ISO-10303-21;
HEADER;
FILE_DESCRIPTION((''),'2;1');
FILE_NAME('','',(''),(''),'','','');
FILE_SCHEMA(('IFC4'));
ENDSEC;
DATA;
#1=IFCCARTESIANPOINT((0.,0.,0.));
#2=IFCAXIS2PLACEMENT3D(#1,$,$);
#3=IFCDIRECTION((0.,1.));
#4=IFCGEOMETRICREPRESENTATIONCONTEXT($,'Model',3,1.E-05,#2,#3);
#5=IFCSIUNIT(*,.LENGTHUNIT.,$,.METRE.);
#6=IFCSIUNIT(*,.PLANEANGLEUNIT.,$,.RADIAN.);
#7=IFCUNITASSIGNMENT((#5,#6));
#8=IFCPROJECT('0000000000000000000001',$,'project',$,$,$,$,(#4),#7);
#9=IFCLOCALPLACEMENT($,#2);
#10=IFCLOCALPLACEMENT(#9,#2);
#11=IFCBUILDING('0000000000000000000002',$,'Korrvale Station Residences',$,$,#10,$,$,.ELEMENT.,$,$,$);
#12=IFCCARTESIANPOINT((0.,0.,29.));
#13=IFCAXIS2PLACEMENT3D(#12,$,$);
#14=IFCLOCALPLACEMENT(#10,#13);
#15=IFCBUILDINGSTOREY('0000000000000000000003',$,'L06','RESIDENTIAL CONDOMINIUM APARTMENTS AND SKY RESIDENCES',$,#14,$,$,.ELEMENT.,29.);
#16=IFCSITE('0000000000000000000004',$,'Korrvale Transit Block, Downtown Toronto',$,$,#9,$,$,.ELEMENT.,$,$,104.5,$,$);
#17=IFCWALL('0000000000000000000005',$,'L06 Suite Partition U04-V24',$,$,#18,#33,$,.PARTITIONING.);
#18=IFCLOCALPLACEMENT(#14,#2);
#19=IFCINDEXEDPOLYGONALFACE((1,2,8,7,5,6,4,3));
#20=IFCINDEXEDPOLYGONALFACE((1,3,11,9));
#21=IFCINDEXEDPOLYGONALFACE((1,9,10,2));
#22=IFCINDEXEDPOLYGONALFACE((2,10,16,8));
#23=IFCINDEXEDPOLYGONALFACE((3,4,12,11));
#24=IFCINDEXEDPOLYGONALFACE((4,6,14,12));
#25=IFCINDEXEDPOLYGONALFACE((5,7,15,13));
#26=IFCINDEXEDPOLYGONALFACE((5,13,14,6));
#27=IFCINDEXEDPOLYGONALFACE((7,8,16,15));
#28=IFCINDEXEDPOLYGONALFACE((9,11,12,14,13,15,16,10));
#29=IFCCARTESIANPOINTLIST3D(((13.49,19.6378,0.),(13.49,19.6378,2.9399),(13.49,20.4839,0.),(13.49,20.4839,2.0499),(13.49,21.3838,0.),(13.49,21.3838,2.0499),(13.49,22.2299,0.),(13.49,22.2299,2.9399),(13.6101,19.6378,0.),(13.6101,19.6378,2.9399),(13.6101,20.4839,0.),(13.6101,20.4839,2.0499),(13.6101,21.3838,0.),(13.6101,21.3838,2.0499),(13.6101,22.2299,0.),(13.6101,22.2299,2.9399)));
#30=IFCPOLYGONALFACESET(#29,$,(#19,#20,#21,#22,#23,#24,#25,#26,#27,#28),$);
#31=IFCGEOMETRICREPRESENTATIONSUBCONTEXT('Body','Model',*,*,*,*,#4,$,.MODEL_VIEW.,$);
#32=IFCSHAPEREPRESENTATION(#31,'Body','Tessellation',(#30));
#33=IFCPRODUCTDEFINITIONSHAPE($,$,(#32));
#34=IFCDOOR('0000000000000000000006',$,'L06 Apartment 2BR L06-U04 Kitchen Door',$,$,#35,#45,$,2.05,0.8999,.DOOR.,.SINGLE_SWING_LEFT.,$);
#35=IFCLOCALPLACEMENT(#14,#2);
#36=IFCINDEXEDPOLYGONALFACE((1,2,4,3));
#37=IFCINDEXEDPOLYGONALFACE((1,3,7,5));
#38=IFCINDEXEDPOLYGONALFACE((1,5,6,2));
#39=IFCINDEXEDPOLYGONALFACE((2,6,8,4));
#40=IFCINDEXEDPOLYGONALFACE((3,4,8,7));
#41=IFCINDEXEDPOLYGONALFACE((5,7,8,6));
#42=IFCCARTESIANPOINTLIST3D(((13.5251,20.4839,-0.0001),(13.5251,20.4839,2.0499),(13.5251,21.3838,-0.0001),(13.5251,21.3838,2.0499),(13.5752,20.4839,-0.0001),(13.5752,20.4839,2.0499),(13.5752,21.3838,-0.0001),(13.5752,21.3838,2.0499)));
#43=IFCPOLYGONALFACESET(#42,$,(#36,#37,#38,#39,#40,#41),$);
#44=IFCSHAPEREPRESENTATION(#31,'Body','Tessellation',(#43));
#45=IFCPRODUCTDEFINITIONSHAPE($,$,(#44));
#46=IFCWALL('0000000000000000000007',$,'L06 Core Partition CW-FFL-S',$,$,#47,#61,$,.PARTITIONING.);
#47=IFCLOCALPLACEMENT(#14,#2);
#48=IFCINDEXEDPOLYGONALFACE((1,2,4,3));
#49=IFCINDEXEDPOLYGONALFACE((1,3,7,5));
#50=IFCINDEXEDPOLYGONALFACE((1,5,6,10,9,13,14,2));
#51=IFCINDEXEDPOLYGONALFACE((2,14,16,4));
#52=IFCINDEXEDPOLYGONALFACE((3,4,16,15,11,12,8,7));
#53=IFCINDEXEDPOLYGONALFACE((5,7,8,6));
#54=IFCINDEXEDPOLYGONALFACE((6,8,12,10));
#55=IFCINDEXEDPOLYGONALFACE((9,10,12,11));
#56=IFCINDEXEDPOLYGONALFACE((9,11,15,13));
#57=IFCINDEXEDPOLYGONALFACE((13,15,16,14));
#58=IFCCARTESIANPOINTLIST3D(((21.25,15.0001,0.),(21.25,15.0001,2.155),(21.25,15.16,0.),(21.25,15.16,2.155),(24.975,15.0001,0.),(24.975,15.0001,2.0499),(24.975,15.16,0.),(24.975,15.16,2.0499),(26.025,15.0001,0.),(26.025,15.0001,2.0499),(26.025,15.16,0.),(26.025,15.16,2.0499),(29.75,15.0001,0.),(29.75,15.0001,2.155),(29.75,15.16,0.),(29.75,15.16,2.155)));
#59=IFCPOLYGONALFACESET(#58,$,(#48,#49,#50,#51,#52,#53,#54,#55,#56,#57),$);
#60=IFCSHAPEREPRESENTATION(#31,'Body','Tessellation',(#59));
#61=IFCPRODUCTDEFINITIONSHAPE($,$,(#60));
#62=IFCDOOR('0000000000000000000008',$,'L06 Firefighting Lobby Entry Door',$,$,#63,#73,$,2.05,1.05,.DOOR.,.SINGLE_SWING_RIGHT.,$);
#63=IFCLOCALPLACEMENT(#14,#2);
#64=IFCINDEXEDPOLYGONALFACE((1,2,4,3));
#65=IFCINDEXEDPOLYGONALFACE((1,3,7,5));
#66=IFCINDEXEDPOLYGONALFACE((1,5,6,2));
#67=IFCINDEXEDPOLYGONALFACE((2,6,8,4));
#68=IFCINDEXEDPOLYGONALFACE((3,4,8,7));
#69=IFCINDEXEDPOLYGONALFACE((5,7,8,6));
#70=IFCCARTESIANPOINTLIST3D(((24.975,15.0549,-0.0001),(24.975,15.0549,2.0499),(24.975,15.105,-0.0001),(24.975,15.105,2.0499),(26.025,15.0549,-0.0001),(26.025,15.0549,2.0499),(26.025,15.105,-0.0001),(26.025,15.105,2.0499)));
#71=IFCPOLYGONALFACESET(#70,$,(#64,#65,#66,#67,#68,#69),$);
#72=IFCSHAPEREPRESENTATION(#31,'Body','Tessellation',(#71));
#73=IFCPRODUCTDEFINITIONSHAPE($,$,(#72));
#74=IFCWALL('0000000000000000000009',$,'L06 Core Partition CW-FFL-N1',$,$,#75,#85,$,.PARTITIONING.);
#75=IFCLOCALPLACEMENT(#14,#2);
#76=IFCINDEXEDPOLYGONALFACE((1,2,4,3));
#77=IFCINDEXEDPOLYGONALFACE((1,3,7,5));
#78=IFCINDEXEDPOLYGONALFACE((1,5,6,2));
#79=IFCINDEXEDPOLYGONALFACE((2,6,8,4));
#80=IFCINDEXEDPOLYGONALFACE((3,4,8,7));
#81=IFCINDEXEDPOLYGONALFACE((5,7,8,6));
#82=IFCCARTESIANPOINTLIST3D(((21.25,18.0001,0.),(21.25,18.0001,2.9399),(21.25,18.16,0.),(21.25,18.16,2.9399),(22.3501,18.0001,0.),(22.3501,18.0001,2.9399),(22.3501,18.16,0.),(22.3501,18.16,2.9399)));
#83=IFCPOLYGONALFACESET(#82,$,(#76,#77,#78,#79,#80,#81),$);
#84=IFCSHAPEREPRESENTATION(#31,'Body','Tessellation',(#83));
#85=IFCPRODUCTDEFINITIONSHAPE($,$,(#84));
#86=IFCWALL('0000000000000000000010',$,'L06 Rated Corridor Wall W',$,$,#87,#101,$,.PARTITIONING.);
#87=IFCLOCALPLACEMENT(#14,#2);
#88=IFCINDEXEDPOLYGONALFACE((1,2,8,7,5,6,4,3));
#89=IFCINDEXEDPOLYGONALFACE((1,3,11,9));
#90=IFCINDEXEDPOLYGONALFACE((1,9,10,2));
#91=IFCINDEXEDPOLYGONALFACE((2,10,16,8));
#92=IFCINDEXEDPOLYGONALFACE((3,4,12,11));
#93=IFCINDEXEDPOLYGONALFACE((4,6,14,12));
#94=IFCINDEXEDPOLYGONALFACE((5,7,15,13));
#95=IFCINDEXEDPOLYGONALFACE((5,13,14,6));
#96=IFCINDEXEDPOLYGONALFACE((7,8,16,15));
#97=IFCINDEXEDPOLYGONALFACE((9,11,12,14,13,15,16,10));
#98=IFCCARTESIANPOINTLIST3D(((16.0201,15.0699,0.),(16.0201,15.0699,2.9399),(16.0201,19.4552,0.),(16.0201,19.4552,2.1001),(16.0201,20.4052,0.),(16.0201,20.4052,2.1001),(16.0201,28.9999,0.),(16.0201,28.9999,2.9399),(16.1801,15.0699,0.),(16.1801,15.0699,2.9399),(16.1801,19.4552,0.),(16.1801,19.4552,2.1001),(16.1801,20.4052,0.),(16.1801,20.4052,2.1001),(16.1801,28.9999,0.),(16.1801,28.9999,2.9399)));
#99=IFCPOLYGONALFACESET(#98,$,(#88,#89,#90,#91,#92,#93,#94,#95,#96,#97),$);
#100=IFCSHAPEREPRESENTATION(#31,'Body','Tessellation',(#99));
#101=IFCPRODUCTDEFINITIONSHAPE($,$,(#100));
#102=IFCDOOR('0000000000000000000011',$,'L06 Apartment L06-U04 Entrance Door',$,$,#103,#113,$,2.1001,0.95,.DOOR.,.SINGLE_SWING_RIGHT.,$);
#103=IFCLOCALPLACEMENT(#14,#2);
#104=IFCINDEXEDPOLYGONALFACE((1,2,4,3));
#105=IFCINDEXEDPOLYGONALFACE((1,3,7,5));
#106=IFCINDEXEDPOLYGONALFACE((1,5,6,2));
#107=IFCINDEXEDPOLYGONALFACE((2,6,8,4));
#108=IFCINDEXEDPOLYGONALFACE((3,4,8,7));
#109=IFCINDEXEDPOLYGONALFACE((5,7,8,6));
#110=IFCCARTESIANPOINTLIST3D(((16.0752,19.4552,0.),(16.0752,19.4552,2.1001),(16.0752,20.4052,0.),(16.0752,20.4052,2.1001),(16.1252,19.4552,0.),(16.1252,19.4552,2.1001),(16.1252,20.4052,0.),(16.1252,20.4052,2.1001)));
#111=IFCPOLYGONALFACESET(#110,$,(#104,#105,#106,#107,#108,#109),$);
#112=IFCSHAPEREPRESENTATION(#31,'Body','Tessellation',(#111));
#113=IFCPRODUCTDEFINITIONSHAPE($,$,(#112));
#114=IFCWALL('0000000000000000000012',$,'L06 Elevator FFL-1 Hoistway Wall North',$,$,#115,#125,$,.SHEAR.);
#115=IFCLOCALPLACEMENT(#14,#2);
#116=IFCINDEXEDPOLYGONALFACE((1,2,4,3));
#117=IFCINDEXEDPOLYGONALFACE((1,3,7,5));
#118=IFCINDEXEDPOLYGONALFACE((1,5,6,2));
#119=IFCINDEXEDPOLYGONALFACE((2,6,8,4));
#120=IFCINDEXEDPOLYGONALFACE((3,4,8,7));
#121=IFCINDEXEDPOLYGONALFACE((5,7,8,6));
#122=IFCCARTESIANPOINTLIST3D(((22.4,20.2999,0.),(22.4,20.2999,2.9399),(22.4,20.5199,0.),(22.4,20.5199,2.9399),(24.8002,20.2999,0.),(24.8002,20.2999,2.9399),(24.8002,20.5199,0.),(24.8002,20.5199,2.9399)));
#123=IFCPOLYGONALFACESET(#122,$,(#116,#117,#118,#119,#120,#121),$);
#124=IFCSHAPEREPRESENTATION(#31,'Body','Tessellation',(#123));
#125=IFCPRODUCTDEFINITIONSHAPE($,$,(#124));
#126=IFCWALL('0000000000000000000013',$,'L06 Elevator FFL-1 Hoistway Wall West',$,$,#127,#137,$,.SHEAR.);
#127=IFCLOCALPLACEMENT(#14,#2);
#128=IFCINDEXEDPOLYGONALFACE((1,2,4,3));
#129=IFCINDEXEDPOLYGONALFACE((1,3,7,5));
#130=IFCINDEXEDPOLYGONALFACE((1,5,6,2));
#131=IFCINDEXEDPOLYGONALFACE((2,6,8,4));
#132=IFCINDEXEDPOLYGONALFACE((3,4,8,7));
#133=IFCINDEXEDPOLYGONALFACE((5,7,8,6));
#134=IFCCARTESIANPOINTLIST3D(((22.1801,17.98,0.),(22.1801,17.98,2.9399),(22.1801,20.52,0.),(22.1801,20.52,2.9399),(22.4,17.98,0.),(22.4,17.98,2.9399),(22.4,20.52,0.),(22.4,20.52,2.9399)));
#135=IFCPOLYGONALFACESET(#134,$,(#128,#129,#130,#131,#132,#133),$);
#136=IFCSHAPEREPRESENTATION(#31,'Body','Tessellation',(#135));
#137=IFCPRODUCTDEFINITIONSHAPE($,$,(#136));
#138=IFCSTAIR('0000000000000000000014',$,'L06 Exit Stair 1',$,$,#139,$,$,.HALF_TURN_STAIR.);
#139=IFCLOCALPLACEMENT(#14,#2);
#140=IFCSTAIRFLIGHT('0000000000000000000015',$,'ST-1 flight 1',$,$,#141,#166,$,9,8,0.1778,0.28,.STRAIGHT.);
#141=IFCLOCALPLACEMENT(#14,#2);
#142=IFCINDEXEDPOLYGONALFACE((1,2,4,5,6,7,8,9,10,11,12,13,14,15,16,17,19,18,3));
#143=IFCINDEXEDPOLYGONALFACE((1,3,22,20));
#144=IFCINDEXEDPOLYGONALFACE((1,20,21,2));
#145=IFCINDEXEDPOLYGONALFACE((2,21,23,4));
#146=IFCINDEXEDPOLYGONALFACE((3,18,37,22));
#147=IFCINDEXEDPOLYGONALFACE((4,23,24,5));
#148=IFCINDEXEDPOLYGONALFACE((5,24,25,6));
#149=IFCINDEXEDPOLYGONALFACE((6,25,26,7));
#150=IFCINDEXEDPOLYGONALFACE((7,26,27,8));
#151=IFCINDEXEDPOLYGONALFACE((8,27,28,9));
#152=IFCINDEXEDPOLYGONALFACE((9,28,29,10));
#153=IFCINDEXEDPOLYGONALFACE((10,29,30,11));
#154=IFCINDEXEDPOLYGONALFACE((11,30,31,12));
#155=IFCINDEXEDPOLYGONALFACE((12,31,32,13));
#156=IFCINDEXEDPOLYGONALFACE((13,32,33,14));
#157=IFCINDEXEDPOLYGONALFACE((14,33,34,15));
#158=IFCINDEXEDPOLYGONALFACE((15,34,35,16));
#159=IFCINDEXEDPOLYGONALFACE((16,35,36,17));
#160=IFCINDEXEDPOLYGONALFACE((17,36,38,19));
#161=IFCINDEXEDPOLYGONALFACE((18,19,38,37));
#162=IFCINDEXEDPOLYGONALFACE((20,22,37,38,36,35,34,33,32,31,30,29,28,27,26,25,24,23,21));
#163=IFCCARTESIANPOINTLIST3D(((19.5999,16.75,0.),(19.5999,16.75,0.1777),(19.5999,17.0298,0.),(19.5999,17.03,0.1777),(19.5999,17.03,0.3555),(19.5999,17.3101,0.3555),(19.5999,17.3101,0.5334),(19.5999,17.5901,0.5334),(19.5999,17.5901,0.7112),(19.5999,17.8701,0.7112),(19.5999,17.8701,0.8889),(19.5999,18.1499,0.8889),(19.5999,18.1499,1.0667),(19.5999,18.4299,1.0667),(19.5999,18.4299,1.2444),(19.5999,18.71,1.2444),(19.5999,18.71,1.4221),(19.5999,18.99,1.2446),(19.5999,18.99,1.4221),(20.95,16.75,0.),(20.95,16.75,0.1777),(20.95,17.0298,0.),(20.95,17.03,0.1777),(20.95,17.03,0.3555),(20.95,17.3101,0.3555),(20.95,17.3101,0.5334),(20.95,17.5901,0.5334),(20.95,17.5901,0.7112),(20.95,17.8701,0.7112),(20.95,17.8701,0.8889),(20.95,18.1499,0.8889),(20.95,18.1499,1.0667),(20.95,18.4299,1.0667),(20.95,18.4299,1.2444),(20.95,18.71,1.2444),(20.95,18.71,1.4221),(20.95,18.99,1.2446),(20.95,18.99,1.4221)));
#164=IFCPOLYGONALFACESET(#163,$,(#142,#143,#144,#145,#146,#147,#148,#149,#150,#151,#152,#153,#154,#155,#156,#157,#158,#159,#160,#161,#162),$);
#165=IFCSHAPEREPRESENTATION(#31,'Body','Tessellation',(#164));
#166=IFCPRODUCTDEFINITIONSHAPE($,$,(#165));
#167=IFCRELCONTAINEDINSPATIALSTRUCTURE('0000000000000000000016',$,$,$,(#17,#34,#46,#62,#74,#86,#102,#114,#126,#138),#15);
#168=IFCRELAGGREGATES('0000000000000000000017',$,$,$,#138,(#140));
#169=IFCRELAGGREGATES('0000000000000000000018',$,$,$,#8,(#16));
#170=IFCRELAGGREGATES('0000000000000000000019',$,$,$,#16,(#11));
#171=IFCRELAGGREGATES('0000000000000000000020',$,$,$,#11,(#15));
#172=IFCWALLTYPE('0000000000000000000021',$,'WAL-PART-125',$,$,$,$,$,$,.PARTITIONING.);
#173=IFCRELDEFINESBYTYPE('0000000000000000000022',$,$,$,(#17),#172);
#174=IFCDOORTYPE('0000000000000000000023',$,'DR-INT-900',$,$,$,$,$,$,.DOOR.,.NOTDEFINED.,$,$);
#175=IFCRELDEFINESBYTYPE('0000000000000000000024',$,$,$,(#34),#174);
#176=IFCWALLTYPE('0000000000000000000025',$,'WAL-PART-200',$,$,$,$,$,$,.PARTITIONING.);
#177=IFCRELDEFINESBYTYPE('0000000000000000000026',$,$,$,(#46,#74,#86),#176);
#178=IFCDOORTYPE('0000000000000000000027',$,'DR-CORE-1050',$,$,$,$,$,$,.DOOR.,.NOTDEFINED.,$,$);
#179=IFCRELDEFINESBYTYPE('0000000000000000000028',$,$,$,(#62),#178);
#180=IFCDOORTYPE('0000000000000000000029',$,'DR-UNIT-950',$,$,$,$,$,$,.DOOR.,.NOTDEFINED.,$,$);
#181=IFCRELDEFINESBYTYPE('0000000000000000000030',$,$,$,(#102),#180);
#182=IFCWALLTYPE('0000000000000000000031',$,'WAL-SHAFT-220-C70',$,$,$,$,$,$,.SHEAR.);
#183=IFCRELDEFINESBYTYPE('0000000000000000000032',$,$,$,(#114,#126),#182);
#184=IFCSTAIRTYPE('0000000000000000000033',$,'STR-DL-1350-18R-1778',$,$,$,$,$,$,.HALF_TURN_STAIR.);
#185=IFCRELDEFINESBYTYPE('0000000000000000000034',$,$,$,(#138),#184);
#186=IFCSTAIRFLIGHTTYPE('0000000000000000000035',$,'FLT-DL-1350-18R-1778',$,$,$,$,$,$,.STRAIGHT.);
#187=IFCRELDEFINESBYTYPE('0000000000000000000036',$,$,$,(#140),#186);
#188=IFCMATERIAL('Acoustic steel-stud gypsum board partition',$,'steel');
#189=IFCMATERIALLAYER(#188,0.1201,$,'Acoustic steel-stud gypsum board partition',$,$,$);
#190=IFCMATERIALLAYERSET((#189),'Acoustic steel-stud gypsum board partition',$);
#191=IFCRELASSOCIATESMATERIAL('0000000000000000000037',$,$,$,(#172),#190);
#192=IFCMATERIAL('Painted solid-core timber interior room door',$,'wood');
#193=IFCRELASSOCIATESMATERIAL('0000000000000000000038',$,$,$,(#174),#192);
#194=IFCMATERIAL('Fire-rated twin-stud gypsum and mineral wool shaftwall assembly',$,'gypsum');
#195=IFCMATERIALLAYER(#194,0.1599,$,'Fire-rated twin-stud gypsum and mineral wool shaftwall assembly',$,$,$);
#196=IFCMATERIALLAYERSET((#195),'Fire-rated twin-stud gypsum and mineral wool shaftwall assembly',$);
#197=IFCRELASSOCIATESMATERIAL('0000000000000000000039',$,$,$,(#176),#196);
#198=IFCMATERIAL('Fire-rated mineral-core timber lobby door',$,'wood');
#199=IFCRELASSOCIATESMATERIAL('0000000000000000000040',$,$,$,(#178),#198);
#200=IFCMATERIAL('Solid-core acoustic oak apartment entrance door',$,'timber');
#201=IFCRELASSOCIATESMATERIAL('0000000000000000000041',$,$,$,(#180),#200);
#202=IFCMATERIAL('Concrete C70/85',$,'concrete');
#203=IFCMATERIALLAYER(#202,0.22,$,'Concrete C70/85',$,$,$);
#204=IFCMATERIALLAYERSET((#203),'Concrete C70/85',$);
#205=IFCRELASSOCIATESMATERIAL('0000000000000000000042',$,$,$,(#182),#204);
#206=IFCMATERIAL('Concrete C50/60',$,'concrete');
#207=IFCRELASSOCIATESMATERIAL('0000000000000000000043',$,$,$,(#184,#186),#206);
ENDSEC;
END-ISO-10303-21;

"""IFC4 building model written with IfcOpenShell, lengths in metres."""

from ifc_helpers import new_model, si_unit, direction, frame, frame_2d, origin, place, context, subcontext, project, spatial, polyline, rectangle, outline, extrude, material, layer, layer_set, type_object, element, fill, aggregate, save


model = new_model("IFC4")

# Units and contexts
model_context = context("Model", 3, precision=1e-05, world=origin(), true_north=direction((0.0, 1.0)))
body_context = subcontext(model_context, "Body", "Model", "MODEL_VIEW")
ifc_project = project(units=[si_unit("LENGTHUNIT", "METRE"), si_unit("PLANEANGLEUNIT", "RADIAN")], contexts=[model_context])

# Site, building, storey
site_placement = place(None, origin())
site = spatial("IfcSite", under=ifc_project, at=site_placement, Name="Korrvale Transit Block, Downtown Toronto", CompositionType="ELEMENT", RefElevation=104.5)
building_placement = place(site_placement, origin())
building = spatial("IfcBuilding", under=site, at=building_placement, Name="Korrvale Station Residences", CompositionType="ELEMENT")
storey_placement = place(building_placement, frame((0.0, 0.0, 29.0)))
storey = spatial("IfcBuildingStorey", under=building, at=storey_placement, Name="L06", Description="RESIDENTIAL CONDOMINIUM APARTMENTS AND SKY RESIDENCES", CompositionType="ELEMENT", Elevation=29.0)

# Shared definitions
ifc_material_1 = material(Name="Concrete C70/85", Category="concrete")

# Shared definitions
ifc_material_2 = material(Name="Acoustic steel-stud gypsum board partition", Category="steel")
ifc_layer_1 = layer(ifc_material_2, 0.1201, Name="Acoustic steel-stud gypsum board partition")
ifc_layer_set_1 = layer_set([ifc_layer_1], Name="Acoustic steel-stud gypsum board partition")
wall_type_1 = type_object("IfcWallType", Name="WAL-PART-125", PredefinedType="PARTITIONING", material=ifc_layer_set_1)

# Walls, openings, doors
ifc_material_3 = material(Name="Painted solid-core timber interior room door", Category="wood")
door_type_1 = type_object("IfcDoorType", Name="DR-INT-900", OperationType="NOTDEFINED", PredefinedType="DOOR", material=ifc_material_3)
wall_1_placement = place(storey_placement, frame((13.55, 19.6379, 0.0), z_axis=(0.0, 0.0, 1.0), x_axis=(0.0, 1.0, 0.0)))
wall_1 = element("IfcWall", 1, at=wall_1_placement, inside=storey, type_object=wall_type_1, Name="L06 Suite Partition U04-V24", PredefinedType="PARTITIONING", context=body_context, shape_type="SweptSolid", body=[
    extrude(rectangle(XDim=2.592, YDim=0.1201, at=frame_2d((1.2959, 0.0))), origin(), (0.0, 0.0, 1.0), 2.9399),
])
opening_1_placement = place(wall_1_placement, frame((0.8459, 0.0, 0.0)))
opening_1 = element("IfcOpeningElement", 2, at=opening_1_placement, cuts=wall_1, PredefinedType="OPENING", context=body_context, shape_type="SweptSolid", body=[
    extrude(rectangle(XDim=0.8999, YDim=2.05, at=frame_2d((0.45, 1.0249))), frame((0.0, 0.0701, 0.0), z_axis=(0.0, -1.0, 0.0), x_axis=(1.0, 0.0, 0.0)), (0.0, 0.0, 1.0), 0.1401),
])
door_1_placement = place(opening_1_placement, origin())
door_1 = element("IfcDoor", 3, at=door_1_placement, inside=storey, type_object=door_type_1, Name="L06 Apartment 2BR L06-U04 Kitchen Door", OperationType="SINGLE_SWING_LEFT", OverallHeight=2.05, OverallWidth=0.8999, PredefinedType="DOOR", context=body_context, shape_type="SweptSolid", body=[
    extrude(rectangle(XDim=0.8999, YDim=2.05, at=frame_2d((0.45, 1.0249))), frame((0.0, 0.0249, 0.0), z_axis=(0.0, -1.0, 0.0), x_axis=(1.0, 0.0, 0.0)), (0.0, 0.0, 1.0), 0.05),
])
fill(opening_1, door_1)
ifc_material_4 = material(Name="Fire-rated twin-stud gypsum and mineral wool shaftwall assembly", Category="gypsum")
ifc_layer_2 = layer(ifc_material_4, 0.1599, Name="Fire-rated twin-stud gypsum and mineral wool shaftwall assembly")
ifc_layer_set_2 = layer_set([ifc_layer_2], Name="Fire-rated twin-stud gypsum and mineral wool shaftwall assembly")
wall_type_2 = type_object("IfcWallType", Name="WAL-PART-200", PredefinedType="PARTITIONING", material=ifc_layer_set_2)
wall_2_placement = place(storey_placement, frame((21.25, 15.0801, 0.0), z_axis=(0.0, 0.0, 1.0), x_axis=(1.0, 0.0, 0.0)))
wall_2 = element("IfcWall", 4, at=wall_2_placement, inside=storey, type_object=wall_type_2, Name="L06 Core Partition CW-FFL-S", PredefinedType="PARTITIONING", context=body_context, shape_type="SweptSolid", body=[
    extrude(rectangle(XDim=8.5, YDim=0.1599, at=frame_2d((4.25, 0.0))), origin(), (0.0, 0.0, 1.0), 2.155),
])
opening_2_placement = place(wall_2_placement, frame((3.7251, 0.0, 0.0)))
opening_2 = element("IfcOpeningElement", 5, at=opening_2_placement, cuts=wall_2, PredefinedType="OPENING", context=body_context, shape_type="SweptSolid", body=[
    extrude(rectangle(XDim=1.05, YDim=2.05, at=frame_2d((0.5249, 1.0249))), frame((0.0, 0.0898, 0.0), z_axis=(0.0, -1.0, 0.0), x_axis=(1.0, 0.0, 0.0)), (0.0, 0.0, 1.0), 0.1799),
])
ifc_material_5 = material(Name="Fire-rated mineral-core timber lobby door", Category="wood")
door_type_2 = type_object("IfcDoorType", Name="DR-CORE-1050", OperationType="NOTDEFINED", PredefinedType="DOOR", material=ifc_material_5)
door_2_placement = place(opening_2_placement, origin())
door_2 = element("IfcDoor", 6, at=door_2_placement, inside=storey, type_object=door_type_2, Name="L06 Firefighting Lobby Entry Door", OperationType="SINGLE_SWING_RIGHT", OverallHeight=2.05, OverallWidth=1.05, PredefinedType="DOOR", context=body_context, shape_type="SweptSolid", body=[
    extrude(rectangle(XDim=1.05, YDim=2.05, at=frame_2d((0.5249, 1.0249))), frame((0.0, 0.0249, 0.0), z_axis=(0.0, -1.0, 0.0), x_axis=(1.0, 0.0, 0.0)), (0.0, 0.0, 1.0), 0.05),
])
fill(opening_2, door_2)

# Wall
wall_3_placement = place(storey_placement, frame((21.25, 18.0801, 0.0), z_axis=(0.0, 0.0, 1.0), x_axis=(1.0, 0.0, 0.0)))
element("IfcWall", 7, at=wall_3_placement, inside=storey, type_object=wall_type_2, Name="L06 Core Partition CW-FFL-N1", PredefinedType="PARTITIONING", context=body_context, shape_type="SweptSolid", body=[
    extrude(rectangle(XDim=1.1001, YDim=0.1599, at=frame_2d((0.55, 0.0))), origin(), (0.0, 0.0, 1.0), 2.9399),
])

# Wall, opening, door
wall_4_placement = place(storey_placement, frame((16.1001, 15.0701, 0.0), z_axis=(0.0, 0.0, 1.0), x_axis=(0.0, 1.0, 0.0)))
wall_4 = element("IfcWall", 8, at=wall_4_placement, inside=storey, type_object=wall_type_2, Name="L06 Rated Corridor Wall W", PredefinedType="PARTITIONING", context=body_context, shape_type="SweptSolid", body=[
    extrude(rectangle(XDim=13.9299, YDim=0.1599, at=frame_2d((6.9648, 0.0))), origin(), (0.0, 0.0, 1.0), 2.9399),
])
opening_3_placement = place(wall_4_placement, frame((4.385, 0.0, 0.0)))
opening_3 = element("IfcOpeningElement", 9, at=opening_3_placement, cuts=wall_4, PredefinedType="OPENING", context=body_context, shape_type="SweptSolid", body=[
    extrude(rectangle(XDim=0.95, YDim=2.1001, at=frame_2d((0.4751, 1.05))), frame((0.0, 0.0898, 0.0), z_axis=(0.0, -1.0, 0.0), x_axis=(1.0, 0.0, 0.0)), (0.0, 0.0, 1.0), 0.1799),
])
ifc_material_6 = material(Name="Solid-core acoustic oak apartment entrance door", Category="timber")
door_type_3 = type_object("IfcDoorType", Name="DR-UNIT-950", OperationType="NOTDEFINED", PredefinedType="DOOR", material=ifc_material_6)
door_3_placement = place(opening_3_placement, origin())
door_3 = element("IfcDoor", 10, at=door_3_placement, inside=storey, type_object=door_type_3, Name="L06 Apartment L06-U04 Entrance Door", OperationType="SINGLE_SWING_RIGHT", OverallHeight=2.1001, OverallWidth=0.95, PredefinedType="DOOR", context=body_context, shape_type="SweptSolid", body=[
    extrude(rectangle(XDim=0.95, YDim=2.1001, at=frame_2d((0.4751, 1.05))), frame((0.0, 0.0249, 0.0), z_axis=(0.0, -1.0, 0.0), x_axis=(1.0, 0.0, 0.0)), (0.0, 0.0, 1.0), 0.05),
])
fill(opening_3, door_3)
ifc_layer_3 = layer(ifc_material_1, 0.22, Name="Concrete C70/85")
ifc_layer_set_3 = layer_set([ifc_layer_3], Name="Concrete C70/85")
wall_type_3 = type_object("IfcWallType", Name="WAL-SHAFT-220-C70", PredefinedType="SHEAR", material=ifc_layer_set_3)

# Walls
wall_5_placement = place(storey_placement, frame((22.3999, 20.4099, 0.0), z_axis=(0.0, 0.0, 1.0), x_axis=(1.0, 0.0, 0.0)))
element("IfcWall", 11, at=wall_5_placement, inside=storey, type_object=wall_type_3, Name="L06 Elevator FFL-1 Hoistway Wall North", PredefinedType="SHEAR", context=body_context, shape_type="SweptSolid", body=[
    extrude(rectangle(XDim=2.4001, YDim=0.22, at=frame_2d((1.2002, 0.0))), origin(), (0.0, 0.0, 1.0), 2.9399),
])
wall_6_placement = place(storey_placement, frame((22.29, 17.98, 0.0), z_axis=(0.0, 0.0, 1.0), x_axis=(0.0, 1.0, 0.0)))
element("IfcWall", 12, at=wall_6_placement, inside=storey, type_object=wall_type_3, Name="L06 Elevator FFL-1 Hoistway Wall West", PredefinedType="SHEAR", context=body_context, shape_type="SweptSolid", body=[
    extrude(rectangle(XDim=2.54, YDim=0.22, at=frame_2d((1.27, 0.0))), origin(), (0.0, 0.0, 1.0), 2.9399),
])

# Stair, stair flight
ifc_material_7 = material(Name="Concrete C50/60", Category="concrete")
stair_type = type_object("IfcStairType", Name="STR-DL-1350-18R-1778", PredefinedType="HALF_TURN_STAIR", material=ifc_material_7)
stair_placement = place(storey_placement, origin())
stair = element("IfcStair", 13, at=stair_placement, inside=storey, type_object=stair_type, Name="L06 Exit Stair 1", PredefinedType="HALF_TURN_STAIR")
stair_flight_type = type_object("IfcStairFlightType", Name="FLT-DL-1350-18R-1778", PredefinedType="STRAIGHT", material=ifc_material_7)
stair_flight_1_placement = place(storey_placement, frame((20.2749, 16.75, 0.0), z_axis=(0.0, 0.0, 1.0), x_axis=(0.0, 1.0, 0.0)))
stair_flight_1 = element("IfcStairFlight", 14, at=stair_flight_1_placement, type_object=stair_flight_type, Name="ST-1 flight 1", NumberOfRisers=9, NumberOfTreads=8, PredefinedType="STRAIGHT", RiserHeight=0.1778, TreadLength=0.28, context=body_context, shape_type="SweptSolid", body=[
    extrude(outline(polyline([(0.0, 0.0), (0.0, 0.1777), (0.28, 0.1777), (0.28, 0.3555), (0.5601, 0.3555), (0.5601, 0.5334), (0.8401, 0.5334), (0.8401, 0.7112), (1.1201, 0.7112), (1.1201, 0.8889), (1.3999, 0.8889), (1.3999, 1.0667), (1.6799, 1.0667), (1.6799, 1.2444), (1.96, 1.2444), (1.96, 1.4221), (2.24, 1.4221), (2.24, 1.6001), (2.24, 1.2446), (0.2798, 0.0), (0.0, 0.0)])), frame((0.0, 0.675, 0.0), z_axis=(0.0, -1.0, 0.0), x_axis=(1.0, 0.0, 0.0)), (0.0, 0.0, 1.0), 1.3501),
])
aggregate(stair, [stair_flight_1])

save(model, "model.ifc")
